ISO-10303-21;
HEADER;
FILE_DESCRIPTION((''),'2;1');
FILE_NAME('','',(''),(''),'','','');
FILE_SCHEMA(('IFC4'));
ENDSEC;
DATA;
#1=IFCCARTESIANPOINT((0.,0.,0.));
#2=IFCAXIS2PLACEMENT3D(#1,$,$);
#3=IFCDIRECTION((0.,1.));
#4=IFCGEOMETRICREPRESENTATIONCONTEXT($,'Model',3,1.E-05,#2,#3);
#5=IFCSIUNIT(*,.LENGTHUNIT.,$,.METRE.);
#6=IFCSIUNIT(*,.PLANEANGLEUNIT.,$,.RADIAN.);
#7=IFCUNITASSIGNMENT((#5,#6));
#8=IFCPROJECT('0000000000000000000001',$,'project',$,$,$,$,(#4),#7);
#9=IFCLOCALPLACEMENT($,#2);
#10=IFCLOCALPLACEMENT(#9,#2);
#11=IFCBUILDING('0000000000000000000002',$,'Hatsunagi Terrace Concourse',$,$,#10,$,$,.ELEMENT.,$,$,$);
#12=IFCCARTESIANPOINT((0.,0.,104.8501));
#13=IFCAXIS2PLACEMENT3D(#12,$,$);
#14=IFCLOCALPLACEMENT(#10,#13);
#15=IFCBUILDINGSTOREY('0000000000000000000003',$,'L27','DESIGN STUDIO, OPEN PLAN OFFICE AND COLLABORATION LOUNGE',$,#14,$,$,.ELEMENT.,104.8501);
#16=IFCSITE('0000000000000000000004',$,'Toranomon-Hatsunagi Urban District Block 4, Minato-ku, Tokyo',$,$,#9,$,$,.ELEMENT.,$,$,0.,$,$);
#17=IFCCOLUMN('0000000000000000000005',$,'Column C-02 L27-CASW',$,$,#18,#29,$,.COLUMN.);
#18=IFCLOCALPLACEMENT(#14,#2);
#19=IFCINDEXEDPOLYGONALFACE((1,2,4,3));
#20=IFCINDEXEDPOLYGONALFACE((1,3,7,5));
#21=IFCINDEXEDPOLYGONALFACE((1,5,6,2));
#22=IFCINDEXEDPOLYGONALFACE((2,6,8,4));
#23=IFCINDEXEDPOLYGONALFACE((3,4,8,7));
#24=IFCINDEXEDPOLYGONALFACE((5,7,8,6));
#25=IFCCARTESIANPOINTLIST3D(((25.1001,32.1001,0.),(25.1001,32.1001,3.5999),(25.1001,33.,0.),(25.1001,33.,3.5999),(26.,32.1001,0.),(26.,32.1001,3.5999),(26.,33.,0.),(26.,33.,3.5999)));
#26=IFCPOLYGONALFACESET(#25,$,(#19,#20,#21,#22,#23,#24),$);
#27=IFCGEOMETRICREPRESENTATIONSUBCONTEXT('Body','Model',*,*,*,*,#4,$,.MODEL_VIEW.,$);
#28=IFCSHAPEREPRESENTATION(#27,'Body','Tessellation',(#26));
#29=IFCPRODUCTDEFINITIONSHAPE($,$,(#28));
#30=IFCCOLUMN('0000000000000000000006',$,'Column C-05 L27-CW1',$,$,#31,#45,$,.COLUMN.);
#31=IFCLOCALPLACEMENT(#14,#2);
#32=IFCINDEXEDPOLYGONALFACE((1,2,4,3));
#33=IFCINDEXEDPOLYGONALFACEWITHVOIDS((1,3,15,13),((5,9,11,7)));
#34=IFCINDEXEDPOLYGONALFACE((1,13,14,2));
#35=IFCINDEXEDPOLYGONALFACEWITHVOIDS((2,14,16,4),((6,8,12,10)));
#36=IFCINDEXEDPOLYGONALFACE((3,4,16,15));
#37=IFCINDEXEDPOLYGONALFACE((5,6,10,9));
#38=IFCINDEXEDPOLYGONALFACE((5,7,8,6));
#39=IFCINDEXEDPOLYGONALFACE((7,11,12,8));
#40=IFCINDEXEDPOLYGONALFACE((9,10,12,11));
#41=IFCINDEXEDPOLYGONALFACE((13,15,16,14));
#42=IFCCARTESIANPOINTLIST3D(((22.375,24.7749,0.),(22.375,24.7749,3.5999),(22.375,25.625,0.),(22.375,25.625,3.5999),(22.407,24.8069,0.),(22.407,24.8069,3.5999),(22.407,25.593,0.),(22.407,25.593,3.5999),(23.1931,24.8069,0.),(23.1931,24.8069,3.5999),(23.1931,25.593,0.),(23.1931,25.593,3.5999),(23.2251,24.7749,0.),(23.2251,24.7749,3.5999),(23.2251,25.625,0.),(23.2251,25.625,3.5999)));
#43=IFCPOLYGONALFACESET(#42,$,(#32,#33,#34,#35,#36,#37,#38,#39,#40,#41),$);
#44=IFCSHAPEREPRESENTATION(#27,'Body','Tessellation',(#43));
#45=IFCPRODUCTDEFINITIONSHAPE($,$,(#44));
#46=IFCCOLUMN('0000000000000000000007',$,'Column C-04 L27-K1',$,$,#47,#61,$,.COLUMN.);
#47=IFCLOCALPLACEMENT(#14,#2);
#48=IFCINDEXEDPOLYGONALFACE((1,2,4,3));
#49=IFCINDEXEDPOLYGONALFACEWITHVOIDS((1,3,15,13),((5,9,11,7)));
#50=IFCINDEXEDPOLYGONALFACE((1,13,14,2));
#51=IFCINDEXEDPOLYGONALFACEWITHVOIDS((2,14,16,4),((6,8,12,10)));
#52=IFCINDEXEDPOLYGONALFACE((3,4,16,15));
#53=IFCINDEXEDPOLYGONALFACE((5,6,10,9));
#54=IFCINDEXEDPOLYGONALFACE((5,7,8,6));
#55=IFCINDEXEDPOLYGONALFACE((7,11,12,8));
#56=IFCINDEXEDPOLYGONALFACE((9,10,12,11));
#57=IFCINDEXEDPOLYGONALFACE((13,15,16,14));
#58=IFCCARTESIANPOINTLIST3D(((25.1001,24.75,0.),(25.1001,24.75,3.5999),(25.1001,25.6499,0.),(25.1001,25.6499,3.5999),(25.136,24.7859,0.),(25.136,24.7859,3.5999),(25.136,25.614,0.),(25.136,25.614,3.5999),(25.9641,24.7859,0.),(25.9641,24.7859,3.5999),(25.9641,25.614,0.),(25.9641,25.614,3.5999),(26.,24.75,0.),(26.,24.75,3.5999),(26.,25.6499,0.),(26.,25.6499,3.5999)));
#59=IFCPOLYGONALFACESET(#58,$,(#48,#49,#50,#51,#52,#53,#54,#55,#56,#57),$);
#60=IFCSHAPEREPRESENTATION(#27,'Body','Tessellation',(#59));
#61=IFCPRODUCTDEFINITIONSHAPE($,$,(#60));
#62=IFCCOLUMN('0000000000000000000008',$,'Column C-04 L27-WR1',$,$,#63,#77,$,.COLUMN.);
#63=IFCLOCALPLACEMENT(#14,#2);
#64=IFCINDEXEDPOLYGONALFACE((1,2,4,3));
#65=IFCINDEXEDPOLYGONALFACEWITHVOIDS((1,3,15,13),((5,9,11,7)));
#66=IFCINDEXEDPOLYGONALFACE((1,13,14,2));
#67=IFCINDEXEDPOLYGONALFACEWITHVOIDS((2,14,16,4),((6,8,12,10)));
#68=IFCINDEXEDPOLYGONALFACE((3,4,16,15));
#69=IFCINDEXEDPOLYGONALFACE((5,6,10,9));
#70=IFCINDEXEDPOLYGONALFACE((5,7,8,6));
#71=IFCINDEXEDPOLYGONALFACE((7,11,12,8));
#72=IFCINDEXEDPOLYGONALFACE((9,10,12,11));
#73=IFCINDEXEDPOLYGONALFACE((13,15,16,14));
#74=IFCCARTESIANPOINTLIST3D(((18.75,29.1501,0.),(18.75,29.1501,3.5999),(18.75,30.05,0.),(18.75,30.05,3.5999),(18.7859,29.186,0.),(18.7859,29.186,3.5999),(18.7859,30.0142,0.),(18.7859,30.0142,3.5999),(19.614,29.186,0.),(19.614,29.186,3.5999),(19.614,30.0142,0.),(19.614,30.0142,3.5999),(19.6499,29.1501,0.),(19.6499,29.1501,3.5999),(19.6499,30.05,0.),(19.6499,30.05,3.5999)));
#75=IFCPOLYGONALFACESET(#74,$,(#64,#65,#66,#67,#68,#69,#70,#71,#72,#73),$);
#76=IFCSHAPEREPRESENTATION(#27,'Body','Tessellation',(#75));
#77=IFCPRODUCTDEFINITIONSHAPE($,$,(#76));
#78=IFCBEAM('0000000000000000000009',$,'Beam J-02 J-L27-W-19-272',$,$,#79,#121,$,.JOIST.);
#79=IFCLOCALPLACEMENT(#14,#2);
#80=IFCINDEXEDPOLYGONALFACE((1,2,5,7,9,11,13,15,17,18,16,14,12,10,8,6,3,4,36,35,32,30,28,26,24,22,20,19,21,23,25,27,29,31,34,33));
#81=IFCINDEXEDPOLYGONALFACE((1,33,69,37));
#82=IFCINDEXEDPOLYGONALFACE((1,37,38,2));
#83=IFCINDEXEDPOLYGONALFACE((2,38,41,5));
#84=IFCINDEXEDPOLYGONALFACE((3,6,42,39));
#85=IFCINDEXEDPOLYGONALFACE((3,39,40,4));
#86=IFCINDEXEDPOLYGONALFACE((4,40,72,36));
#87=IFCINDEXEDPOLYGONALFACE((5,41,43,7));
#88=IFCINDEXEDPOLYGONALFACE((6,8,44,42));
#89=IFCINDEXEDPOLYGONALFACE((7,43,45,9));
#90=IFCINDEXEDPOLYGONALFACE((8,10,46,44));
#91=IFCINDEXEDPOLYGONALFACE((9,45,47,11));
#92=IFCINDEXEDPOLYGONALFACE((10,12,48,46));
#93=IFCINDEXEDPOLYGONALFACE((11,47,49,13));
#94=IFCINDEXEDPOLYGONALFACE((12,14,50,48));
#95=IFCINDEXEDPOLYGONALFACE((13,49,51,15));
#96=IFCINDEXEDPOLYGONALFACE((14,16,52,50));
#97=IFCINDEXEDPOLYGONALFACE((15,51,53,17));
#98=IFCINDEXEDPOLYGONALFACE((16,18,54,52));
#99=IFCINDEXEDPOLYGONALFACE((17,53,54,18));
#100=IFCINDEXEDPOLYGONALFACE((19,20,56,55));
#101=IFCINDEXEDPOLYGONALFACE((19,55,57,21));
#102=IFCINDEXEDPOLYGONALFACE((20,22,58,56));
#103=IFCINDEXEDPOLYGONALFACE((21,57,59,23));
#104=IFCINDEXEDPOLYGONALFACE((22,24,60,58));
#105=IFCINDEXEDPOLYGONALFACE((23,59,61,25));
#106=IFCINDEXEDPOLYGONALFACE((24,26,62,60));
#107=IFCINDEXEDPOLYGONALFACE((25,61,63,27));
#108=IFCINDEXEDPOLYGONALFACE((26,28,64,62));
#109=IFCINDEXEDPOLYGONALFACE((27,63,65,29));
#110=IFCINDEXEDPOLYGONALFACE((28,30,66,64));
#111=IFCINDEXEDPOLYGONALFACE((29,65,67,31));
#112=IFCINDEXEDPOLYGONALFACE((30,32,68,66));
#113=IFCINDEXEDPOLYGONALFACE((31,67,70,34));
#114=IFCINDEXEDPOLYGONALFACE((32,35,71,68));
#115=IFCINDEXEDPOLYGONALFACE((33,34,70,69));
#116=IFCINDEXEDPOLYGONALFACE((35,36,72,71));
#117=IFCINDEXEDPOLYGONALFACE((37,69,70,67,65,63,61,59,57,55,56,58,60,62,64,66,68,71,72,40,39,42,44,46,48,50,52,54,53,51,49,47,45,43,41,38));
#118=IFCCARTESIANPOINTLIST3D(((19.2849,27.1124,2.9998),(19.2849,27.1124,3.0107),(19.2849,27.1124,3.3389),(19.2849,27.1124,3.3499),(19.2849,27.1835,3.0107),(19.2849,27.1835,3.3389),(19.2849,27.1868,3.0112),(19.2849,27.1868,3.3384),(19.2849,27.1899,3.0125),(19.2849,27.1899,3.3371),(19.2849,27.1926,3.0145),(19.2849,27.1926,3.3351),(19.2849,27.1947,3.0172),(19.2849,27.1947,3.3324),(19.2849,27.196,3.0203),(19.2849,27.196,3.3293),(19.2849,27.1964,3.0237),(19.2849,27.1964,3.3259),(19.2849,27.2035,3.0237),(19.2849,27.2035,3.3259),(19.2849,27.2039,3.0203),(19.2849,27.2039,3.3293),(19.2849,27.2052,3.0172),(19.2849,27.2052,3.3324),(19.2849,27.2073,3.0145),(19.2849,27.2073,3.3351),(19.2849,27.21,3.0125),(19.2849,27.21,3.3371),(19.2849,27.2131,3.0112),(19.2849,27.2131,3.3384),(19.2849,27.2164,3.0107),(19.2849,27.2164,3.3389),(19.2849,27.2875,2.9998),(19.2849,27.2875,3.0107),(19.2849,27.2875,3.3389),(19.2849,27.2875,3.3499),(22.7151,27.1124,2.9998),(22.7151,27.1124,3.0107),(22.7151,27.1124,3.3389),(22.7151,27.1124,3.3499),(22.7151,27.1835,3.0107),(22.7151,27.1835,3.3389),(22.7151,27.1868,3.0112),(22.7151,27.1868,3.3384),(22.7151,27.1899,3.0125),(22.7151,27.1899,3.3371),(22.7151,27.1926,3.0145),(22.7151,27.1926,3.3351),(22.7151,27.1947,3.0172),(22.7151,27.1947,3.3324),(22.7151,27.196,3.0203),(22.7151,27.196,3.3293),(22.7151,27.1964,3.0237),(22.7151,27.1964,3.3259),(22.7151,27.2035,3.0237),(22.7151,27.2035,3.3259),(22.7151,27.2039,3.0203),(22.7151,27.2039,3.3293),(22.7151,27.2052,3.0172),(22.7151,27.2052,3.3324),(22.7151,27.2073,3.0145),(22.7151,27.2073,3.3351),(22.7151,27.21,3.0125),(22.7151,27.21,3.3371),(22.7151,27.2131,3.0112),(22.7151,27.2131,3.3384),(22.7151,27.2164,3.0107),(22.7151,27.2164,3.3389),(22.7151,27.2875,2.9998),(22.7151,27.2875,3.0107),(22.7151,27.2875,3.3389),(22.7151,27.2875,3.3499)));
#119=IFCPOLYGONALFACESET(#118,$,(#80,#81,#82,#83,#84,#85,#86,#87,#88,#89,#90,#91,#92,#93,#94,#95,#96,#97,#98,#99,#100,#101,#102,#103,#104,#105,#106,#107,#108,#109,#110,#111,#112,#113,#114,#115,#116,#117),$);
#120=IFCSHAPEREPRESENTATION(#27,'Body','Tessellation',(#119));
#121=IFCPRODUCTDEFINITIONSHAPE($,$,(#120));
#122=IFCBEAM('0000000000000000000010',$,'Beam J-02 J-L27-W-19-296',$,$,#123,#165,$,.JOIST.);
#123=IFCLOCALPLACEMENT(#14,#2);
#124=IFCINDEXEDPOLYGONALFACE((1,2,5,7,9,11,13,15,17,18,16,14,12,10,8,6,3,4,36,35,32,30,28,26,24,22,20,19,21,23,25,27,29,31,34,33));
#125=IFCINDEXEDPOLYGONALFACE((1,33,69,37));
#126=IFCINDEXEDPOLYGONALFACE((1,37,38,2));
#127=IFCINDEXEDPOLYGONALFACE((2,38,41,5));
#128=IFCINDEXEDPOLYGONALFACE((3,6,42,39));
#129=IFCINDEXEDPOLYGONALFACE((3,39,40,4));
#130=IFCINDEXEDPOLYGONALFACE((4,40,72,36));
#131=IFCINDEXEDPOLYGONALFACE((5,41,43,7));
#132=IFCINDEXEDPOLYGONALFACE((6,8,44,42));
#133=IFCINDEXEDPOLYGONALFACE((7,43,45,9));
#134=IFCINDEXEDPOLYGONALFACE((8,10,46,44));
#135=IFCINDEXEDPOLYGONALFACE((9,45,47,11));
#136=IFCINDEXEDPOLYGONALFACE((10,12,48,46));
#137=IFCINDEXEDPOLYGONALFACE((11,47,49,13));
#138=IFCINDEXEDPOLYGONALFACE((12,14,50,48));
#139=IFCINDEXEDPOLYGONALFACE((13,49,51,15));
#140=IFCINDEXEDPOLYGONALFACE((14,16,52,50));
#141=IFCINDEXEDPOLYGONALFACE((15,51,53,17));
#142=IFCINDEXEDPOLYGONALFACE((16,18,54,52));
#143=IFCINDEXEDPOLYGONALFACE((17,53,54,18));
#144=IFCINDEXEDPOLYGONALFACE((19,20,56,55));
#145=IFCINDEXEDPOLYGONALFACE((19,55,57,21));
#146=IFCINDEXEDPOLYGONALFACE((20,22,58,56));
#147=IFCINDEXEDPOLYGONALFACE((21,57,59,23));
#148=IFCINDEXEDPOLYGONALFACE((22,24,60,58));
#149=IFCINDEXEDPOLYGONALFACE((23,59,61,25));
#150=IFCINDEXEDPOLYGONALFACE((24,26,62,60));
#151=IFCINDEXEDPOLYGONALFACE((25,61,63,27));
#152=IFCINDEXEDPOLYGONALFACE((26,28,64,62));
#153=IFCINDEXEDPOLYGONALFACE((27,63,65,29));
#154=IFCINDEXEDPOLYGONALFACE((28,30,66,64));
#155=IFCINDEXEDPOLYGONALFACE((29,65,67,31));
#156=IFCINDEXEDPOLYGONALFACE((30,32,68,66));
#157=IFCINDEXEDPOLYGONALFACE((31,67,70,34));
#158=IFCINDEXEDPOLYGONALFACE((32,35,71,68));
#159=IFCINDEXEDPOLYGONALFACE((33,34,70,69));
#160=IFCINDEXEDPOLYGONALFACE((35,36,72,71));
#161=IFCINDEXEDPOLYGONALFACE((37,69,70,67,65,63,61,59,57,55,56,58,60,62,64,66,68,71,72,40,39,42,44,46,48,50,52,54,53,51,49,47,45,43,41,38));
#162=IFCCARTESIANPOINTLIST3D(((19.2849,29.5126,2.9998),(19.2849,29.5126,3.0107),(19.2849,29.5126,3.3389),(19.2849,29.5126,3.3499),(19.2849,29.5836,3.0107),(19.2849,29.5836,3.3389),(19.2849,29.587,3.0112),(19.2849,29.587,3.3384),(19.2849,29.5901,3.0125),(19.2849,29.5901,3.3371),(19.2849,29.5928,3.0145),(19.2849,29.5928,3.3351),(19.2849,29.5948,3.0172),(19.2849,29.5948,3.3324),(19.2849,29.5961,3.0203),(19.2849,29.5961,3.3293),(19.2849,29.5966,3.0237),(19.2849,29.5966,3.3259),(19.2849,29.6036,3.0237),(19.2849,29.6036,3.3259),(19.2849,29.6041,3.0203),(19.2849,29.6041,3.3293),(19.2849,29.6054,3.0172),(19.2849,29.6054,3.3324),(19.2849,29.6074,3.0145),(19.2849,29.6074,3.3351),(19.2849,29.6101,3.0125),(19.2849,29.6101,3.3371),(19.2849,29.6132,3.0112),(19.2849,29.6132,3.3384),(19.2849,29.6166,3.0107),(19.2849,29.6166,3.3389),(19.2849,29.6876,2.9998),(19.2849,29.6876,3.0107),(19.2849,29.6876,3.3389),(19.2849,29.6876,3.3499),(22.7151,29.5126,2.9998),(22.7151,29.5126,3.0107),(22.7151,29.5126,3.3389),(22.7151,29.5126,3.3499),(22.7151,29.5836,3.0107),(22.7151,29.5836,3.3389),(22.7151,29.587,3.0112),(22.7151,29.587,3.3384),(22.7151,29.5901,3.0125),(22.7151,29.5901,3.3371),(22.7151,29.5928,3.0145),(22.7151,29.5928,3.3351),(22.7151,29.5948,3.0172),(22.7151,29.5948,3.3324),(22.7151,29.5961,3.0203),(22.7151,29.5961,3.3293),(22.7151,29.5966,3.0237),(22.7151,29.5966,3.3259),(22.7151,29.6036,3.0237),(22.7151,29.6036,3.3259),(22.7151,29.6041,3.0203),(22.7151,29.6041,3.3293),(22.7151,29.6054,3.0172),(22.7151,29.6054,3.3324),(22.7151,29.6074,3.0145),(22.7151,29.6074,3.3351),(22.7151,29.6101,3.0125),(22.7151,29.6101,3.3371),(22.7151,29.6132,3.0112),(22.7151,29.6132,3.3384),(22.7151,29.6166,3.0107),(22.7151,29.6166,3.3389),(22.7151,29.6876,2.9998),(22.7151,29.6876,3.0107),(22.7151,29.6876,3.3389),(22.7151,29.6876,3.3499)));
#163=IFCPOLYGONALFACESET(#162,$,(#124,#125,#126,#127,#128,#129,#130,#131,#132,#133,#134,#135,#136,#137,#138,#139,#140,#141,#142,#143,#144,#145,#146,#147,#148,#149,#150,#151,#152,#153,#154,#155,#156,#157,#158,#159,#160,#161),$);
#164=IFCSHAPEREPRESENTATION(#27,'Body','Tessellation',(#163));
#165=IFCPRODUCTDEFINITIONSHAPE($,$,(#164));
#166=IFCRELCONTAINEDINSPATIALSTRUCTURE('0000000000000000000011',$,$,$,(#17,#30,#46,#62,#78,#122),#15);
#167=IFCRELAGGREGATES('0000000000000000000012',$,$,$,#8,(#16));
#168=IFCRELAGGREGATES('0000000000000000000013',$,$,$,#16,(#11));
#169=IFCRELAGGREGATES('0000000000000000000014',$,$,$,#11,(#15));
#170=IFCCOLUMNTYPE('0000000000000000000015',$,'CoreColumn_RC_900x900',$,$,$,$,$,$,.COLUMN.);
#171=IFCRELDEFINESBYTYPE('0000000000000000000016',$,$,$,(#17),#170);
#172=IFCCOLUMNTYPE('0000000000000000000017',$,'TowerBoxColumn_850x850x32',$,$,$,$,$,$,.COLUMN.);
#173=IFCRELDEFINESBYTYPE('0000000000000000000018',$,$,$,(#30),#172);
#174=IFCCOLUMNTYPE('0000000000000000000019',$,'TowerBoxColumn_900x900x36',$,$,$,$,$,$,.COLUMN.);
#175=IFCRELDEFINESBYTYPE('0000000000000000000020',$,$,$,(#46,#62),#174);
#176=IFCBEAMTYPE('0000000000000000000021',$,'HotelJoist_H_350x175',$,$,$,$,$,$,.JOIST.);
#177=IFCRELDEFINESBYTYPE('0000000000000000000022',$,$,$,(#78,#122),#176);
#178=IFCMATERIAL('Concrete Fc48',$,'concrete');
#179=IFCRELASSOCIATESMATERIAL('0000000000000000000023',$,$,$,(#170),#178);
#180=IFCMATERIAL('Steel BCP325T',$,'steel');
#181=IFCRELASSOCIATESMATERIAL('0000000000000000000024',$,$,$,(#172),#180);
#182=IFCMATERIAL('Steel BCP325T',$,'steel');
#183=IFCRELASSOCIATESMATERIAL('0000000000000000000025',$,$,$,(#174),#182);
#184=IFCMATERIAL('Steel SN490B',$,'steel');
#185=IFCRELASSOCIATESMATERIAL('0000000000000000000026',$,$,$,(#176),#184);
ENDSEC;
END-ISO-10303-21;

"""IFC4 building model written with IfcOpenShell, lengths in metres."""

from ifc_helpers import new_model, si_unit, direction, frame, origin, origin_2d, place, context, subcontext, project, spatial, rectangle, hollow_rectangle, i_section, extrude, material, material_profile, profile_set, type_object, element, save


model = new_model("IFC4")

# Units and contexts
model_context = context("Model", 3, precision=1e-05, world=origin(), true_north=direction((0.0, 1.0)))
body_context = subcontext(model_context, "Body", "Model", "MODEL_VIEW")
ifc_project = project(units=[si_unit("LENGTHUNIT", "METRE"), si_unit("PLANEANGLEUNIT", "RADIAN")], contexts=[model_context])

# Site, building, storey
site_placement = place(None, origin())
site = spatial("IfcSite", under=ifc_project, at=site_placement, Name="Toranomon-Hatsunagi Urban District Block 4, Minato-ku, Tokyo", CompositionType="ELEMENT", RefElevation=0.0)
building_placement = place(site_placement, origin())
building = spatial("IfcBuilding", under=site, at=building_placement, Name="Hatsunagi Terrace Concourse", CompositionType="ELEMENT")
storey_placement = place(building_placement, frame((0.0, 0.0, 104.8501)))
storey = spatial("IfcBuildingStorey", under=building, at=storey_placement, Name="L27", Description="DESIGN STUDIO, OPEN PLAN OFFICE AND COLLABORATION LOUNGE", CompositionType="ELEMENT", Elevation=104.8501)

# Columns
ifc_material_1 = material(Name="Concrete Fc48", Category="concrete")
ifc_material_profile_1 = material_profile(ifc_material_1, rectangle(XDim=0.8999, YDim=0.8999, at=origin_2d()), Name="RC-900x900")
ifc_profile_set_1 = profile_set([ifc_material_profile_1], Name="Concrete Fc48")
column_type_1 = type_object("IfcColumnType", Name="CoreColumn_RC_900x900", PredefinedType="COLUMN", material=ifc_profile_set_1)
column_1_placement = place(storey_placement, frame((25.55, 32.55, 0.0), z_axis=(0.0, 0.0, 1.0), x_axis=(1.0, 0.0, 0.0)))
element("IfcColumn", 1, at=column_1_placement, inside=storey, type_object=column_type_1, Name="Column C-02 L27-CASW", PredefinedType="COLUMN", context=body_context, shape_type="SweptSolid", body=[
    extrude(rectangle(XDim=0.8999, YDim=0.8999, at=origin_2d()), origin(), (0.0, 0.0, 1.0), 3.5999),
])
ifc_material_2 = material(Name="Steel BCP325T", Category="steel")
ifc_material_profile_2 = material_profile(ifc_material_2, hollow_rectangle(XDim=0.8501, YDim=0.8501, WallThickness=0.032, at=origin_2d()), Name="BCP-850x850x32")
ifc_profile_set_2 = profile_set([ifc_material_profile_2], Name="Steel BCP325T")
column_type_2 = type_object("IfcColumnType", Name="TowerBoxColumn_850x850x32", PredefinedType="COLUMN", material=ifc_profile_set_2)
column_2_placement = place(storey_placement, frame((22.8, 25.2, 0.0), z_axis=(0.0, 0.0, 1.0), x_axis=(1.0, 0.0, 0.0)))
element("IfcColumn", 2, at=column_2_placement, inside=storey, type_object=column_type_2, Name="Column C-05 L27-CW1", PredefinedType="COLUMN", context=body_context, shape_type="SweptSolid", body=[
    extrude(hollow_rectangle(XDim=0.8501, YDim=0.8501, WallThickness=0.032, at=origin_2d()), origin(), (0.0, 0.0, 1.0), 3.5999),
])
ifc_material_3 = material(Name="Steel BCP325T", Category="steel")
ifc_material_profile_3 = material_profile(ifc_material_3, hollow_rectangle(XDim=0.8999, YDim=0.8999, WallThickness=0.0359, at=origin_2d()), Name="BCP-900x900x36")
ifc_profile_set_3 = profile_set([ifc_material_profile_3], Name="Steel BCP325T")
column_type_3 = type_object("IfcColumnType", Name="TowerBoxColumn_900x900x36", PredefinedType="COLUMN", material=ifc_profile_set_3)
for number, where, z_axis, x_axis, name in (
    (3, (25.55, 25.2, 0.0), (0.0, 0.0, 1.0), (1.0, 0.0, 0.0), "Column C-04 L27-K1"),
    (4, (19.2, 29.6001, 0.0), (0.0, 0.0, 1.0), (1.0, 0.0, 0.0), "Column C-04 L27-WR1"),
):
    element("IfcColumn", number, at=place(storey_placement, frame(where, z_axis=z_axis, x_axis=x_axis)), inside=storey, type_object=column_type_3, Name=name, PredefinedType="COLUMN", context=body_context, shape_type="SweptSolid", body=[
        extrude(hollow_rectangle(XDim=0.8999, YDim=0.8999, WallThickness=0.0359, at=origin_2d()), origin(), (0.0, 0.0, 1.0), 3.5999),
    ])

# Beams
ifc_material_4 = material(Name="Steel SN490B", Category="steel")
ifc_material_profile_4 = material_profile(ifc_material_4, i_section(OverallWidth=0.175, OverallDepth=0.3501, WebThickness=0.0071, FlangeThickness=0.011, FilletRadius=0.0129, at=origin_2d()), Name="H-350x175x7x11")
ifc_profile_set_4 = profile_set([ifc_material_profile_4], Name="Steel SN490B")
beam_type_1 = type_object("IfcBeamType", Name="HotelJoist_H_350x175", PredefinedType="JOIST", material=ifc_profile_set_4)
for number, where, z_axis, x_axis, name in (
    (5, (19.2849, 27.2, 3.1748), (1.0, 0.0, 0.0), (0.0, 1.0, 0.0), "Beam J-02 J-L27-W-19-272"),
    (6, (19.2849, 29.6001, 3.1748), (1.0, 0.0, 0.0), (0.0, 1.0, 0.0), "Beam J-02 J-L27-W-19-296"),
):
    element("IfcBeam", number, at=place(storey_placement, frame(where, z_axis=z_axis, x_axis=x_axis)), inside=storey, type_object=beam_type_1, Name=name, PredefinedType="JOIST", context=body_context, shape_type="SweptSolid", body=[
        extrude(i_section(OverallWidth=0.175, OverallDepth=0.3501, WebThickness=0.0071, FlangeThickness=0.011, FilletRadius=0.0129, at=origin_2d()), origin(), (0.0, 0.0, 1.0), 3.4302),
    ])

save(model, "model.ifc")
